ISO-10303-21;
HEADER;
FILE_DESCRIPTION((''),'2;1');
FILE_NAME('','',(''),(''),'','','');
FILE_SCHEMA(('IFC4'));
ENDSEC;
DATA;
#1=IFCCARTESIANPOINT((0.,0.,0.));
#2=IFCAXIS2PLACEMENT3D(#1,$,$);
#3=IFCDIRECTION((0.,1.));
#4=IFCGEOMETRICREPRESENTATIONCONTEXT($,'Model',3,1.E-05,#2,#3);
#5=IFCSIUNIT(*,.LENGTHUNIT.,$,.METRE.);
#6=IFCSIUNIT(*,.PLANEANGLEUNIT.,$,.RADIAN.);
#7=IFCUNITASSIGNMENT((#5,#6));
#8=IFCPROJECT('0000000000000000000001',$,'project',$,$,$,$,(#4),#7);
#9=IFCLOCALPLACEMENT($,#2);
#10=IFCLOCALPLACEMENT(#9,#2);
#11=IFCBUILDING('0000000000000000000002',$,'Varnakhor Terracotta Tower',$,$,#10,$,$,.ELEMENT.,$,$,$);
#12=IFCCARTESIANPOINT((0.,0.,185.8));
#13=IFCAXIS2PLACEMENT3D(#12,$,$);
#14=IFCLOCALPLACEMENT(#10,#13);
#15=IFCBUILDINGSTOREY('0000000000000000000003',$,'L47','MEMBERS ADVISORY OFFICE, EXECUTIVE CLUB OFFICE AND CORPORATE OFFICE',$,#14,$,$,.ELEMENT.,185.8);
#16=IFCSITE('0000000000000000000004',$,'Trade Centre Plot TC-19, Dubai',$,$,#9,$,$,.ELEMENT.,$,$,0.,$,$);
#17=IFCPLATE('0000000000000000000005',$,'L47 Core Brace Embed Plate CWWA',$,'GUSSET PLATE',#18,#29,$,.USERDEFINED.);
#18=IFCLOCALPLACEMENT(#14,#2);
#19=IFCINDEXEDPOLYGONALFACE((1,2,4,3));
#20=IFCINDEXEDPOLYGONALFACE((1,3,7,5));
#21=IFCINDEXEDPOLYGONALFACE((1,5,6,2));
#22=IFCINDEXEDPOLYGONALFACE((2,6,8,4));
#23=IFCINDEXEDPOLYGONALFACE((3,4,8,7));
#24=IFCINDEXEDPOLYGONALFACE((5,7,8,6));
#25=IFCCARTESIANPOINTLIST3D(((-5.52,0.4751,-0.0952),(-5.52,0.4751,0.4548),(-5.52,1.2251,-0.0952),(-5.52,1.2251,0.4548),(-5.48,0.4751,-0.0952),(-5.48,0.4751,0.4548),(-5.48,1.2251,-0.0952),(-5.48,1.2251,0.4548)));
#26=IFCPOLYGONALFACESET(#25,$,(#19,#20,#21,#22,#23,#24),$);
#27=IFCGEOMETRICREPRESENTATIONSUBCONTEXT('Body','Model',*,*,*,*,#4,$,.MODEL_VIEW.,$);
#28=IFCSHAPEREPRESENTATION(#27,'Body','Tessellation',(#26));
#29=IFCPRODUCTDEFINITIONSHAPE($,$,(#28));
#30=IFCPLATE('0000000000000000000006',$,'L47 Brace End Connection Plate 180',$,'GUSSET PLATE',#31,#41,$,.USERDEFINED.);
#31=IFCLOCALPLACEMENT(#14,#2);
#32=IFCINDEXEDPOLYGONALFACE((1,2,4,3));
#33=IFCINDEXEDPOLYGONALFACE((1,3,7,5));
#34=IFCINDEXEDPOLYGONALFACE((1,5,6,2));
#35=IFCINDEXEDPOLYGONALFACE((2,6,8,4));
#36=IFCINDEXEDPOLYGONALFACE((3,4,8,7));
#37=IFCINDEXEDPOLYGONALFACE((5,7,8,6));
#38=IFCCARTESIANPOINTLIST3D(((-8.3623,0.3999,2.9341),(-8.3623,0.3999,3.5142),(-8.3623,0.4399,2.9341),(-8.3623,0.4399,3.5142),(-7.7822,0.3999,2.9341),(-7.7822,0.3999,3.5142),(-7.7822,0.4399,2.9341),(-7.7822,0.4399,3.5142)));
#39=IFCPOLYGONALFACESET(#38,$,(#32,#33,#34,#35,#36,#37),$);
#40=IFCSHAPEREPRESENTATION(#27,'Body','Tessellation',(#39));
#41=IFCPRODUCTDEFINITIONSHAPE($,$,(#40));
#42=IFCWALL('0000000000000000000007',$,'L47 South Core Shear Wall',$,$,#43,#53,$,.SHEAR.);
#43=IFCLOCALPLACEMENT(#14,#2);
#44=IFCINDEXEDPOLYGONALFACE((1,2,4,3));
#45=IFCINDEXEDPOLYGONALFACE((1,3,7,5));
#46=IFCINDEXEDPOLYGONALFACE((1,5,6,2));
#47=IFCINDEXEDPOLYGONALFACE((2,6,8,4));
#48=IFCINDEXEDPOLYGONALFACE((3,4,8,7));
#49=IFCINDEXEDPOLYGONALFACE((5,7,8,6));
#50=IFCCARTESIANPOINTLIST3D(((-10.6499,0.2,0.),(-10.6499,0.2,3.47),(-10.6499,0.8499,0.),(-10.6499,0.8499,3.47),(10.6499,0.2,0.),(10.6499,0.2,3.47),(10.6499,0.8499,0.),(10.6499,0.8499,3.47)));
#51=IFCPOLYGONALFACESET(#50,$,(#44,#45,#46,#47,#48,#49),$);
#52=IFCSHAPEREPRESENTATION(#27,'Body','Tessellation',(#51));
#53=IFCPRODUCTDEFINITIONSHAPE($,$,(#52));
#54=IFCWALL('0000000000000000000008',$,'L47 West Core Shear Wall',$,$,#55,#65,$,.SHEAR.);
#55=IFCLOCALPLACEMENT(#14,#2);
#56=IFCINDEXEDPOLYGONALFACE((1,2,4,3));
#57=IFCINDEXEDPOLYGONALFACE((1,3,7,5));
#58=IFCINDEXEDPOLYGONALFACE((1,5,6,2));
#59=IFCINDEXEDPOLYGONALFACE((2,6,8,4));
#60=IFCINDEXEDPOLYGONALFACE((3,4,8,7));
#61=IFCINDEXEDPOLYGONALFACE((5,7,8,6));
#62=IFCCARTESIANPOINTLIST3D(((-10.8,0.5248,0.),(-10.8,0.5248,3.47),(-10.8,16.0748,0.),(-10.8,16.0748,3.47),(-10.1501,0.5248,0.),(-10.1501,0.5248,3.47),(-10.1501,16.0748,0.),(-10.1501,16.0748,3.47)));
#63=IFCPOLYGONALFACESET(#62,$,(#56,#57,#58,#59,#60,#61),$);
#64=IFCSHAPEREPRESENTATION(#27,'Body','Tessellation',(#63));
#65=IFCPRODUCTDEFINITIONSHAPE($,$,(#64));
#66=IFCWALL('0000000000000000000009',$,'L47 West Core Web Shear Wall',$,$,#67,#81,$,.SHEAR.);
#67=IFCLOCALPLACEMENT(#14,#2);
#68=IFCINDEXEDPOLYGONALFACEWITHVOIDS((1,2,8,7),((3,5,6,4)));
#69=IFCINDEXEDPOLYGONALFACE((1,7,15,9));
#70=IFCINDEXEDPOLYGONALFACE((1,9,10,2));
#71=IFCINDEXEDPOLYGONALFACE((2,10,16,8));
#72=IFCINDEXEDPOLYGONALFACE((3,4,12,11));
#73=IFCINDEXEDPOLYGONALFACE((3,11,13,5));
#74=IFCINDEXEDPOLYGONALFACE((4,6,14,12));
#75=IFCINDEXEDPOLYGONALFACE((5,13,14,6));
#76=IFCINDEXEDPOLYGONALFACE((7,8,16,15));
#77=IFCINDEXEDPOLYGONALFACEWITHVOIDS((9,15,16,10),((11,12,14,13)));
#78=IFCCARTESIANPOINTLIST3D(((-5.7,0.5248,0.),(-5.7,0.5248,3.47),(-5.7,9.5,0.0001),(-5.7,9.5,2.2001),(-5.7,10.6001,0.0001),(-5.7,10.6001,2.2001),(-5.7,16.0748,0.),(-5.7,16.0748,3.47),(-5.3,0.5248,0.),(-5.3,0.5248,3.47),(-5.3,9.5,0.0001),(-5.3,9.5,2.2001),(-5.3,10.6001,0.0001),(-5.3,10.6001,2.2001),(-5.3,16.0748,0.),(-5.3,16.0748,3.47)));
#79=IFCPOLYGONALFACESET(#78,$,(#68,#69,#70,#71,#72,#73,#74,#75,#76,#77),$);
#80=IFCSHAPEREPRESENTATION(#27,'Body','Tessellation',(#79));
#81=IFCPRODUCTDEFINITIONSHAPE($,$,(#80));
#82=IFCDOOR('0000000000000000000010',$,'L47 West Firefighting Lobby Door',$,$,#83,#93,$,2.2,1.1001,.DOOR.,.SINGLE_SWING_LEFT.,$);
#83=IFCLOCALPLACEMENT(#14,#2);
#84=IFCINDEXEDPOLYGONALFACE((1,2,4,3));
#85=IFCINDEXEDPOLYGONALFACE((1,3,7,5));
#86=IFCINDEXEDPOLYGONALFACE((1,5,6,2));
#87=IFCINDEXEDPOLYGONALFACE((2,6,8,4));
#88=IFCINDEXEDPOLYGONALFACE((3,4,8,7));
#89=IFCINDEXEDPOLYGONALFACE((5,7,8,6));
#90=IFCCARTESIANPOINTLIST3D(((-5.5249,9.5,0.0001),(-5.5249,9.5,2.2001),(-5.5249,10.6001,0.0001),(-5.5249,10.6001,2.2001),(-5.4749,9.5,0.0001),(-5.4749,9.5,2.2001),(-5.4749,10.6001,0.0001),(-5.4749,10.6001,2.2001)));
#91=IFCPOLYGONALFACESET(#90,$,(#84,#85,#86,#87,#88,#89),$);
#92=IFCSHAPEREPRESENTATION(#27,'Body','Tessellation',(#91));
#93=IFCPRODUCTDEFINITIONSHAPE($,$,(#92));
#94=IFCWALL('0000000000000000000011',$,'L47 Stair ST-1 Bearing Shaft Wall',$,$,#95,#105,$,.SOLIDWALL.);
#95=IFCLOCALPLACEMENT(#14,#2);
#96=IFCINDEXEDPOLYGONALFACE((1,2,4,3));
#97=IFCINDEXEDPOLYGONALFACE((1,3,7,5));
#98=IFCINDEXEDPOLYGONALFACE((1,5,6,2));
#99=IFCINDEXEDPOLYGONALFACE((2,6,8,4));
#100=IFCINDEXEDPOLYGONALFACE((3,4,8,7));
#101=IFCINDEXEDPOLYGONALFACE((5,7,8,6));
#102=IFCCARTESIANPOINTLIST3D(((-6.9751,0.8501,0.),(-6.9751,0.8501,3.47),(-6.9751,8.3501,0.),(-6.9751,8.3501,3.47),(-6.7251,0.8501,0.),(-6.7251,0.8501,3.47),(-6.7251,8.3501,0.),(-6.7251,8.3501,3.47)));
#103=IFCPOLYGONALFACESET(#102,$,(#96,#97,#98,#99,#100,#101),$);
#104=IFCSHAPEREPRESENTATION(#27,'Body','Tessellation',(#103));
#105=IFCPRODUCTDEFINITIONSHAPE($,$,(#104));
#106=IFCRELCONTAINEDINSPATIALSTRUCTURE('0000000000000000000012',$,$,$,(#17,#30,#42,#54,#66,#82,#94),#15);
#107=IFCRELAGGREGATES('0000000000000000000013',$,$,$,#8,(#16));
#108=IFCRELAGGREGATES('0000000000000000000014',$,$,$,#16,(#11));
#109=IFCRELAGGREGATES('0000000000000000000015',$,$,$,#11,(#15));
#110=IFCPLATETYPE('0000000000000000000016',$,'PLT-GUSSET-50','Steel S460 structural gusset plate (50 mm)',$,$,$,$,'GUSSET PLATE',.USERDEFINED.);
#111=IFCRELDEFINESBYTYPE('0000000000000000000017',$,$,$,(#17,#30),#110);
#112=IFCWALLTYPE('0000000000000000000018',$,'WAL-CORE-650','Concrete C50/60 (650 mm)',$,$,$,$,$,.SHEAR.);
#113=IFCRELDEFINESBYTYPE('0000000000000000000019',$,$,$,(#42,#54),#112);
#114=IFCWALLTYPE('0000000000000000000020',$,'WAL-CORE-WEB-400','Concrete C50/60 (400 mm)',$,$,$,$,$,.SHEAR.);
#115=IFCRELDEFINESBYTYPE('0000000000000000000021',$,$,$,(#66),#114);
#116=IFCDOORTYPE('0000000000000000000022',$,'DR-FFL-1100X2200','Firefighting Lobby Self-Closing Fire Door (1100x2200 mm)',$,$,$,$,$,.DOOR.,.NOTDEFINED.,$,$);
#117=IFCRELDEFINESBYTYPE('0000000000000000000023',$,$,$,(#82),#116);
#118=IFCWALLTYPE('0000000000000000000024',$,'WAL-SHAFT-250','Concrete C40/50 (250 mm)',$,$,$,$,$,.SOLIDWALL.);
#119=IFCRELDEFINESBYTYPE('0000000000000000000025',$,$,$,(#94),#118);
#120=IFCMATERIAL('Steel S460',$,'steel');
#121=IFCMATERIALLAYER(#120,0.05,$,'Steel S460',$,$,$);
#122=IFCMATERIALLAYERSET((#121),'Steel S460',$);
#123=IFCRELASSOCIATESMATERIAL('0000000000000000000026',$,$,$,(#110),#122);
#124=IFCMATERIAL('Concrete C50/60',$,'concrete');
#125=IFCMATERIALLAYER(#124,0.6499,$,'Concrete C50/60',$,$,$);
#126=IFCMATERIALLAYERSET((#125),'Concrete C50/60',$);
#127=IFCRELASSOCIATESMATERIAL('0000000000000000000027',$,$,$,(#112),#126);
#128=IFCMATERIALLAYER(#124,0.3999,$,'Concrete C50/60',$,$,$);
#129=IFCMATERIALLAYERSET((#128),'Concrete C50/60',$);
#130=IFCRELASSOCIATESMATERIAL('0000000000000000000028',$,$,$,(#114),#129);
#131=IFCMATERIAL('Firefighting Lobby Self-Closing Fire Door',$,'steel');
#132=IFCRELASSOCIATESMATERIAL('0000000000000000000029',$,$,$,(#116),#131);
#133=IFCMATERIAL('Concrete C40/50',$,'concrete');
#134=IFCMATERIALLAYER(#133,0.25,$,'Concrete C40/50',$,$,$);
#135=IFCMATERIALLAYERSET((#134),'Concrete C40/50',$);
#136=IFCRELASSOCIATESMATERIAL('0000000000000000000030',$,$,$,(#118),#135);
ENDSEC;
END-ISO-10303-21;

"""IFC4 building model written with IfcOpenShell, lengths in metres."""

from ifc_helpers import new_model, si_unit, direction, frame, frame_2d, origin, origin_2d, place, context, subcontext, project, spatial, rectangle, extrude, source, transform, mapped, material, layer, layer_set, type_object, type_shapes, element, fill, save


model = new_model("IFC4")

# Units and contexts
model_context = context("Model", 3, precision=1e-05, world=origin(), true_north=direction((0.0, 1.0)))
body_context = subcontext(model_context, "Body", "Model", "MODEL_VIEW")
ifc_project = project(units=[si_unit("LENGTHUNIT", "METRE"), si_unit("PLANEANGLEUNIT", "RADIAN")], contexts=[model_context])

# Site, building, storey
site_placement = place(None, origin())
site = spatial("IfcSite", under=ifc_project, at=site_placement, Name="Trade Centre Plot TC-19, Dubai", CompositionType="ELEMENT", RefElevation=0.0)
building_placement = place(site_placement, origin())
building = spatial("IfcBuilding", under=site, at=building_placement, Name="Varnakhor Terracotta Tower", CompositionType="ELEMENT")
storey_placement = place(building_placement, frame((0.0, 0.0, 185.8)))
storey = spatial("IfcBuildingStorey", under=building, at=storey_placement, Name="L47", Description="MEMBERS ADVISORY OFFICE, EXECUTIVE CLUB OFFICE AND CORPORATE OFFICE", CompositionType="ELEMENT", Elevation=185.8)

# Shared definitions
ifc_material_1 = material(Name="Concrete C50/60", Category="concrete")

# Shared definitions
ifc_material_2 = material(Name="Steel S460", Category="steel")

# Plates
ifc_layer_1 = layer(ifc_material_2, 0.05, Name="Steel S460")
ifc_layer_set_1 = layer_set([ifc_layer_1], Name="Steel S460")
plate_type = type_object("IfcPlateType", Name="PLT-GUSSET-50", Description="Steel S460 structural gusset plate (50 mm)", ElementType="GUSSET PLATE", PredefinedType="USERDEFINED", material=ifc_layer_set_1)
shared_shape_1 = source(origin(), body_context, "Body", "SweptSolid", [
    extrude(rectangle(XDim=0.75, YDim=0.04, at=origin_2d()), origin(), (0.0, 0.0, 1.0), 0.55),
])
type_shapes(plate_type, [shared_shape_1])
for number, where, z_axis, x_axis, name in (
    (1, (-5.5, 0.8501, -0.0952), (0.0, 0.0, 1.0), (0.0, 1.0, 0.0), "L47 Core Brace Embed Plate CWWA"),
):
    element("IfcPlate", number, at=place(storey_placement, frame(where, z_axis=z_axis, x_axis=x_axis)), inside=storey, type_object=plate_type, Name=name, ObjectType="GUSSET PLATE", PredefinedType="USERDEFINED", context=body_context, shape_type="MappedRepresentation", body=[
        mapped(shared_shape_1, transform((0.0, 0.0, 0.0), scale=1.0)),
    ])
shared_shape_2 = source(origin(), body_context, "Body", "SweptSolid", [
    extrude(rectangle(XDim=0.5801, YDim=0.04, at=origin_2d()), origin(), (0.0, 0.0, 1.0), 0.5801),
])
plate_placement = place(storey_placement, frame((-8.0723, 0.4199, 2.9341), z_axis=(0.0, 0.0, 1.0), x_axis=(1.0, 0.0, 0.0)))
element("IfcPlate", 2, at=plate_placement, inside=storey, type_object=plate_type, Name="L47 Brace End Connection Plate 180", ObjectType="GUSSET PLATE", PredefinedType="USERDEFINED", context=body_context, shape_type="MappedRepresentation", body=[
    mapped(shared_shape_2, transform((0.0, 0.0, 0.0), scale=1.0)),
])

# Walls
ifc_layer_2 = layer(ifc_material_1, 0.6499, Name="Concrete C50/60")
ifc_layer_set_2 = layer_set([ifc_layer_2], Name="Concrete C50/60")
wall_type_1 = type_object("IfcWallType", Name="WAL-CORE-650", Description="Concrete C50/60 (650 mm)", PredefinedType="SHEAR", material=ifc_layer_set_2)
wall_1_placement = place(storey_placement, frame((-10.6499, 0.5249, 0.0), z_axis=(0.0, 0.0, 1.0), x_axis=(1.0, 0.0, 0.0)))
element("IfcWall", 3, at=wall_1_placement, inside=storey, type_object=wall_type_1, Name="L47 South Core Shear Wall", PredefinedType="SHEAR", context=body_context, shape_type="SweptSolid", body=[
    extrude(rectangle(XDim=21.2998, YDim=0.6499, at=frame_2d((10.6499, 0.0))), origin(), (0.0, 0.0, 1.0), 3.47),
])
wall_2_placement = place(storey_placement, frame((-10.4751, 0.5249, 0.0), z_axis=(0.0, 0.0, 1.0), x_axis=(0.0, 1.0, 0.0)))
element("IfcWall", 4, at=wall_2_placement, inside=storey, type_object=wall_type_1, Name="L47 West Core Shear Wall", PredefinedType="SHEAR", context=body_context, shape_type="SweptSolid", body=[
    extrude(rectangle(XDim=15.55, YDim=0.6499, at=frame_2d((7.7749, 0.0))), origin(), (0.0, 0.0, 1.0), 3.47),
])

# Wall, opening, door
ifc_layer_3 = layer(ifc_material_1, 0.3999, Name="Concrete C50/60")
ifc_layer_set_3 = layer_set([ifc_layer_3], Name="Concrete C50/60")
wall_type_2 = type_object("IfcWallType", Name="WAL-CORE-WEB-400", Description="Concrete C50/60 (400 mm)", PredefinedType="SHEAR", material=ifc_layer_set_3)
wall_3_placement = place(storey_placement, frame((-5.5, 0.5249, 0.0), z_axis=(0.0, 0.0, 1.0), x_axis=(0.0, 1.0, 0.0)))
wall_3 = element("IfcWall", 5, at=wall_3_placement, inside=storey, type_object=wall_type_2, Name="L47 West Core Web Shear Wall", PredefinedType="SHEAR", context=body_context, shape_type="SweptSolid", body=[
    extrude(rectangle(XDim=15.55, YDim=0.3999, at=frame_2d((7.7749, 0.0))), origin(), (0.0, 0.0, 1.0), 3.47),
])
opening_placement = place(wall_3_placement, frame((8.9751, 0.0, 0.0)))
opening = element("IfcOpeningElement", 6, at=opening_placement, cuts=wall_3, PredefinedType="OPENING", context=body_context, shape_type="SweptSolid", body=[
    extrude(rectangle(XDim=1.1001, YDim=2.2, at=frame_2d((0.55, 1.1001))), frame((0.0, 0.21, 0.0), z_axis=(0.0, -1.0, 0.0), x_axis=(1.0, 0.0, 0.0)), (0.0, 0.0, 1.0), 0.4199),
])
ifc_material_3 = material(Name="Firefighting Lobby Self-Closing Fire Door", Category="steel")
door_type = type_object("IfcDoorType", Name="DR-FFL-1100X2200", Description="Firefighting Lobby Self-Closing Fire Door (1100x2200 mm)", OperationType="NOTDEFINED", PredefinedType="DOOR", material=ifc_material_3)
shared_shape_3 = source(origin(), body_context, "Body", "SweptSolid", [
    extrude(rectangle(XDim=1.1001, YDim=2.2, at=frame_2d((0.55, 1.1001))), frame((0.0, 0.0249, 0.0), z_axis=(0.0, -1.0, 0.0), x_axis=(1.0, 0.0, 0.0)), (0.0, 0.0, 1.0), 0.05),
])
type_shapes(door_type, [shared_shape_3])
door_placement = place(opening_placement, origin())
door = element("IfcDoor", 7, at=door_placement, inside=storey, type_object=door_type, Name="L47 West Firefighting Lobby Door", OperationType="SINGLE_SWING_LEFT", OverallHeight=2.2, OverallWidth=1.1001, PredefinedType="DOOR", context=body_context, shape_type="MappedRepresentation", body=[
    mapped(shared_shape_3, transform((0.0, 0.0, 0.0), scale=1.0)),
])
fill(opening, door)

# Wall
ifc_material_4 = material(Name="Concrete C40/50", Category="concrete")
ifc_layer_4 = layer(ifc_material_4, 0.25, Name="Concrete C40/50")
ifc_layer_set_4 = layer_set([ifc_layer_4], Name="Concrete C40/50")
wall_type_3 = type_object("IfcWallType", Name="WAL-SHAFT-250", Description="Concrete C40/50 (250 mm)", PredefinedType="SOLIDWALL", material=ifc_layer_set_4)
wall_4_placement = place(storey_placement, frame((-6.8501, 0.8501, 0.0), z_axis=(0.0, 0.0, 1.0), x_axis=(0.0, 1.0, 0.0)))
element("IfcWall", 8, at=wall_4_placement, inside=storey, type_object=wall_type_3, Name="L47 Stair ST-1 Bearing Shaft Wall", PredefinedType="SOLIDWALL", context=body_context, shape_type="SweptSolid", body=[
    extrude(rectangle(XDim=7.5, YDim=0.25, at=frame_2d((3.75, 0.0))), origin(), (0.0, 0.0, 1.0), 3.47),
])

save(model, "model.ifc")
